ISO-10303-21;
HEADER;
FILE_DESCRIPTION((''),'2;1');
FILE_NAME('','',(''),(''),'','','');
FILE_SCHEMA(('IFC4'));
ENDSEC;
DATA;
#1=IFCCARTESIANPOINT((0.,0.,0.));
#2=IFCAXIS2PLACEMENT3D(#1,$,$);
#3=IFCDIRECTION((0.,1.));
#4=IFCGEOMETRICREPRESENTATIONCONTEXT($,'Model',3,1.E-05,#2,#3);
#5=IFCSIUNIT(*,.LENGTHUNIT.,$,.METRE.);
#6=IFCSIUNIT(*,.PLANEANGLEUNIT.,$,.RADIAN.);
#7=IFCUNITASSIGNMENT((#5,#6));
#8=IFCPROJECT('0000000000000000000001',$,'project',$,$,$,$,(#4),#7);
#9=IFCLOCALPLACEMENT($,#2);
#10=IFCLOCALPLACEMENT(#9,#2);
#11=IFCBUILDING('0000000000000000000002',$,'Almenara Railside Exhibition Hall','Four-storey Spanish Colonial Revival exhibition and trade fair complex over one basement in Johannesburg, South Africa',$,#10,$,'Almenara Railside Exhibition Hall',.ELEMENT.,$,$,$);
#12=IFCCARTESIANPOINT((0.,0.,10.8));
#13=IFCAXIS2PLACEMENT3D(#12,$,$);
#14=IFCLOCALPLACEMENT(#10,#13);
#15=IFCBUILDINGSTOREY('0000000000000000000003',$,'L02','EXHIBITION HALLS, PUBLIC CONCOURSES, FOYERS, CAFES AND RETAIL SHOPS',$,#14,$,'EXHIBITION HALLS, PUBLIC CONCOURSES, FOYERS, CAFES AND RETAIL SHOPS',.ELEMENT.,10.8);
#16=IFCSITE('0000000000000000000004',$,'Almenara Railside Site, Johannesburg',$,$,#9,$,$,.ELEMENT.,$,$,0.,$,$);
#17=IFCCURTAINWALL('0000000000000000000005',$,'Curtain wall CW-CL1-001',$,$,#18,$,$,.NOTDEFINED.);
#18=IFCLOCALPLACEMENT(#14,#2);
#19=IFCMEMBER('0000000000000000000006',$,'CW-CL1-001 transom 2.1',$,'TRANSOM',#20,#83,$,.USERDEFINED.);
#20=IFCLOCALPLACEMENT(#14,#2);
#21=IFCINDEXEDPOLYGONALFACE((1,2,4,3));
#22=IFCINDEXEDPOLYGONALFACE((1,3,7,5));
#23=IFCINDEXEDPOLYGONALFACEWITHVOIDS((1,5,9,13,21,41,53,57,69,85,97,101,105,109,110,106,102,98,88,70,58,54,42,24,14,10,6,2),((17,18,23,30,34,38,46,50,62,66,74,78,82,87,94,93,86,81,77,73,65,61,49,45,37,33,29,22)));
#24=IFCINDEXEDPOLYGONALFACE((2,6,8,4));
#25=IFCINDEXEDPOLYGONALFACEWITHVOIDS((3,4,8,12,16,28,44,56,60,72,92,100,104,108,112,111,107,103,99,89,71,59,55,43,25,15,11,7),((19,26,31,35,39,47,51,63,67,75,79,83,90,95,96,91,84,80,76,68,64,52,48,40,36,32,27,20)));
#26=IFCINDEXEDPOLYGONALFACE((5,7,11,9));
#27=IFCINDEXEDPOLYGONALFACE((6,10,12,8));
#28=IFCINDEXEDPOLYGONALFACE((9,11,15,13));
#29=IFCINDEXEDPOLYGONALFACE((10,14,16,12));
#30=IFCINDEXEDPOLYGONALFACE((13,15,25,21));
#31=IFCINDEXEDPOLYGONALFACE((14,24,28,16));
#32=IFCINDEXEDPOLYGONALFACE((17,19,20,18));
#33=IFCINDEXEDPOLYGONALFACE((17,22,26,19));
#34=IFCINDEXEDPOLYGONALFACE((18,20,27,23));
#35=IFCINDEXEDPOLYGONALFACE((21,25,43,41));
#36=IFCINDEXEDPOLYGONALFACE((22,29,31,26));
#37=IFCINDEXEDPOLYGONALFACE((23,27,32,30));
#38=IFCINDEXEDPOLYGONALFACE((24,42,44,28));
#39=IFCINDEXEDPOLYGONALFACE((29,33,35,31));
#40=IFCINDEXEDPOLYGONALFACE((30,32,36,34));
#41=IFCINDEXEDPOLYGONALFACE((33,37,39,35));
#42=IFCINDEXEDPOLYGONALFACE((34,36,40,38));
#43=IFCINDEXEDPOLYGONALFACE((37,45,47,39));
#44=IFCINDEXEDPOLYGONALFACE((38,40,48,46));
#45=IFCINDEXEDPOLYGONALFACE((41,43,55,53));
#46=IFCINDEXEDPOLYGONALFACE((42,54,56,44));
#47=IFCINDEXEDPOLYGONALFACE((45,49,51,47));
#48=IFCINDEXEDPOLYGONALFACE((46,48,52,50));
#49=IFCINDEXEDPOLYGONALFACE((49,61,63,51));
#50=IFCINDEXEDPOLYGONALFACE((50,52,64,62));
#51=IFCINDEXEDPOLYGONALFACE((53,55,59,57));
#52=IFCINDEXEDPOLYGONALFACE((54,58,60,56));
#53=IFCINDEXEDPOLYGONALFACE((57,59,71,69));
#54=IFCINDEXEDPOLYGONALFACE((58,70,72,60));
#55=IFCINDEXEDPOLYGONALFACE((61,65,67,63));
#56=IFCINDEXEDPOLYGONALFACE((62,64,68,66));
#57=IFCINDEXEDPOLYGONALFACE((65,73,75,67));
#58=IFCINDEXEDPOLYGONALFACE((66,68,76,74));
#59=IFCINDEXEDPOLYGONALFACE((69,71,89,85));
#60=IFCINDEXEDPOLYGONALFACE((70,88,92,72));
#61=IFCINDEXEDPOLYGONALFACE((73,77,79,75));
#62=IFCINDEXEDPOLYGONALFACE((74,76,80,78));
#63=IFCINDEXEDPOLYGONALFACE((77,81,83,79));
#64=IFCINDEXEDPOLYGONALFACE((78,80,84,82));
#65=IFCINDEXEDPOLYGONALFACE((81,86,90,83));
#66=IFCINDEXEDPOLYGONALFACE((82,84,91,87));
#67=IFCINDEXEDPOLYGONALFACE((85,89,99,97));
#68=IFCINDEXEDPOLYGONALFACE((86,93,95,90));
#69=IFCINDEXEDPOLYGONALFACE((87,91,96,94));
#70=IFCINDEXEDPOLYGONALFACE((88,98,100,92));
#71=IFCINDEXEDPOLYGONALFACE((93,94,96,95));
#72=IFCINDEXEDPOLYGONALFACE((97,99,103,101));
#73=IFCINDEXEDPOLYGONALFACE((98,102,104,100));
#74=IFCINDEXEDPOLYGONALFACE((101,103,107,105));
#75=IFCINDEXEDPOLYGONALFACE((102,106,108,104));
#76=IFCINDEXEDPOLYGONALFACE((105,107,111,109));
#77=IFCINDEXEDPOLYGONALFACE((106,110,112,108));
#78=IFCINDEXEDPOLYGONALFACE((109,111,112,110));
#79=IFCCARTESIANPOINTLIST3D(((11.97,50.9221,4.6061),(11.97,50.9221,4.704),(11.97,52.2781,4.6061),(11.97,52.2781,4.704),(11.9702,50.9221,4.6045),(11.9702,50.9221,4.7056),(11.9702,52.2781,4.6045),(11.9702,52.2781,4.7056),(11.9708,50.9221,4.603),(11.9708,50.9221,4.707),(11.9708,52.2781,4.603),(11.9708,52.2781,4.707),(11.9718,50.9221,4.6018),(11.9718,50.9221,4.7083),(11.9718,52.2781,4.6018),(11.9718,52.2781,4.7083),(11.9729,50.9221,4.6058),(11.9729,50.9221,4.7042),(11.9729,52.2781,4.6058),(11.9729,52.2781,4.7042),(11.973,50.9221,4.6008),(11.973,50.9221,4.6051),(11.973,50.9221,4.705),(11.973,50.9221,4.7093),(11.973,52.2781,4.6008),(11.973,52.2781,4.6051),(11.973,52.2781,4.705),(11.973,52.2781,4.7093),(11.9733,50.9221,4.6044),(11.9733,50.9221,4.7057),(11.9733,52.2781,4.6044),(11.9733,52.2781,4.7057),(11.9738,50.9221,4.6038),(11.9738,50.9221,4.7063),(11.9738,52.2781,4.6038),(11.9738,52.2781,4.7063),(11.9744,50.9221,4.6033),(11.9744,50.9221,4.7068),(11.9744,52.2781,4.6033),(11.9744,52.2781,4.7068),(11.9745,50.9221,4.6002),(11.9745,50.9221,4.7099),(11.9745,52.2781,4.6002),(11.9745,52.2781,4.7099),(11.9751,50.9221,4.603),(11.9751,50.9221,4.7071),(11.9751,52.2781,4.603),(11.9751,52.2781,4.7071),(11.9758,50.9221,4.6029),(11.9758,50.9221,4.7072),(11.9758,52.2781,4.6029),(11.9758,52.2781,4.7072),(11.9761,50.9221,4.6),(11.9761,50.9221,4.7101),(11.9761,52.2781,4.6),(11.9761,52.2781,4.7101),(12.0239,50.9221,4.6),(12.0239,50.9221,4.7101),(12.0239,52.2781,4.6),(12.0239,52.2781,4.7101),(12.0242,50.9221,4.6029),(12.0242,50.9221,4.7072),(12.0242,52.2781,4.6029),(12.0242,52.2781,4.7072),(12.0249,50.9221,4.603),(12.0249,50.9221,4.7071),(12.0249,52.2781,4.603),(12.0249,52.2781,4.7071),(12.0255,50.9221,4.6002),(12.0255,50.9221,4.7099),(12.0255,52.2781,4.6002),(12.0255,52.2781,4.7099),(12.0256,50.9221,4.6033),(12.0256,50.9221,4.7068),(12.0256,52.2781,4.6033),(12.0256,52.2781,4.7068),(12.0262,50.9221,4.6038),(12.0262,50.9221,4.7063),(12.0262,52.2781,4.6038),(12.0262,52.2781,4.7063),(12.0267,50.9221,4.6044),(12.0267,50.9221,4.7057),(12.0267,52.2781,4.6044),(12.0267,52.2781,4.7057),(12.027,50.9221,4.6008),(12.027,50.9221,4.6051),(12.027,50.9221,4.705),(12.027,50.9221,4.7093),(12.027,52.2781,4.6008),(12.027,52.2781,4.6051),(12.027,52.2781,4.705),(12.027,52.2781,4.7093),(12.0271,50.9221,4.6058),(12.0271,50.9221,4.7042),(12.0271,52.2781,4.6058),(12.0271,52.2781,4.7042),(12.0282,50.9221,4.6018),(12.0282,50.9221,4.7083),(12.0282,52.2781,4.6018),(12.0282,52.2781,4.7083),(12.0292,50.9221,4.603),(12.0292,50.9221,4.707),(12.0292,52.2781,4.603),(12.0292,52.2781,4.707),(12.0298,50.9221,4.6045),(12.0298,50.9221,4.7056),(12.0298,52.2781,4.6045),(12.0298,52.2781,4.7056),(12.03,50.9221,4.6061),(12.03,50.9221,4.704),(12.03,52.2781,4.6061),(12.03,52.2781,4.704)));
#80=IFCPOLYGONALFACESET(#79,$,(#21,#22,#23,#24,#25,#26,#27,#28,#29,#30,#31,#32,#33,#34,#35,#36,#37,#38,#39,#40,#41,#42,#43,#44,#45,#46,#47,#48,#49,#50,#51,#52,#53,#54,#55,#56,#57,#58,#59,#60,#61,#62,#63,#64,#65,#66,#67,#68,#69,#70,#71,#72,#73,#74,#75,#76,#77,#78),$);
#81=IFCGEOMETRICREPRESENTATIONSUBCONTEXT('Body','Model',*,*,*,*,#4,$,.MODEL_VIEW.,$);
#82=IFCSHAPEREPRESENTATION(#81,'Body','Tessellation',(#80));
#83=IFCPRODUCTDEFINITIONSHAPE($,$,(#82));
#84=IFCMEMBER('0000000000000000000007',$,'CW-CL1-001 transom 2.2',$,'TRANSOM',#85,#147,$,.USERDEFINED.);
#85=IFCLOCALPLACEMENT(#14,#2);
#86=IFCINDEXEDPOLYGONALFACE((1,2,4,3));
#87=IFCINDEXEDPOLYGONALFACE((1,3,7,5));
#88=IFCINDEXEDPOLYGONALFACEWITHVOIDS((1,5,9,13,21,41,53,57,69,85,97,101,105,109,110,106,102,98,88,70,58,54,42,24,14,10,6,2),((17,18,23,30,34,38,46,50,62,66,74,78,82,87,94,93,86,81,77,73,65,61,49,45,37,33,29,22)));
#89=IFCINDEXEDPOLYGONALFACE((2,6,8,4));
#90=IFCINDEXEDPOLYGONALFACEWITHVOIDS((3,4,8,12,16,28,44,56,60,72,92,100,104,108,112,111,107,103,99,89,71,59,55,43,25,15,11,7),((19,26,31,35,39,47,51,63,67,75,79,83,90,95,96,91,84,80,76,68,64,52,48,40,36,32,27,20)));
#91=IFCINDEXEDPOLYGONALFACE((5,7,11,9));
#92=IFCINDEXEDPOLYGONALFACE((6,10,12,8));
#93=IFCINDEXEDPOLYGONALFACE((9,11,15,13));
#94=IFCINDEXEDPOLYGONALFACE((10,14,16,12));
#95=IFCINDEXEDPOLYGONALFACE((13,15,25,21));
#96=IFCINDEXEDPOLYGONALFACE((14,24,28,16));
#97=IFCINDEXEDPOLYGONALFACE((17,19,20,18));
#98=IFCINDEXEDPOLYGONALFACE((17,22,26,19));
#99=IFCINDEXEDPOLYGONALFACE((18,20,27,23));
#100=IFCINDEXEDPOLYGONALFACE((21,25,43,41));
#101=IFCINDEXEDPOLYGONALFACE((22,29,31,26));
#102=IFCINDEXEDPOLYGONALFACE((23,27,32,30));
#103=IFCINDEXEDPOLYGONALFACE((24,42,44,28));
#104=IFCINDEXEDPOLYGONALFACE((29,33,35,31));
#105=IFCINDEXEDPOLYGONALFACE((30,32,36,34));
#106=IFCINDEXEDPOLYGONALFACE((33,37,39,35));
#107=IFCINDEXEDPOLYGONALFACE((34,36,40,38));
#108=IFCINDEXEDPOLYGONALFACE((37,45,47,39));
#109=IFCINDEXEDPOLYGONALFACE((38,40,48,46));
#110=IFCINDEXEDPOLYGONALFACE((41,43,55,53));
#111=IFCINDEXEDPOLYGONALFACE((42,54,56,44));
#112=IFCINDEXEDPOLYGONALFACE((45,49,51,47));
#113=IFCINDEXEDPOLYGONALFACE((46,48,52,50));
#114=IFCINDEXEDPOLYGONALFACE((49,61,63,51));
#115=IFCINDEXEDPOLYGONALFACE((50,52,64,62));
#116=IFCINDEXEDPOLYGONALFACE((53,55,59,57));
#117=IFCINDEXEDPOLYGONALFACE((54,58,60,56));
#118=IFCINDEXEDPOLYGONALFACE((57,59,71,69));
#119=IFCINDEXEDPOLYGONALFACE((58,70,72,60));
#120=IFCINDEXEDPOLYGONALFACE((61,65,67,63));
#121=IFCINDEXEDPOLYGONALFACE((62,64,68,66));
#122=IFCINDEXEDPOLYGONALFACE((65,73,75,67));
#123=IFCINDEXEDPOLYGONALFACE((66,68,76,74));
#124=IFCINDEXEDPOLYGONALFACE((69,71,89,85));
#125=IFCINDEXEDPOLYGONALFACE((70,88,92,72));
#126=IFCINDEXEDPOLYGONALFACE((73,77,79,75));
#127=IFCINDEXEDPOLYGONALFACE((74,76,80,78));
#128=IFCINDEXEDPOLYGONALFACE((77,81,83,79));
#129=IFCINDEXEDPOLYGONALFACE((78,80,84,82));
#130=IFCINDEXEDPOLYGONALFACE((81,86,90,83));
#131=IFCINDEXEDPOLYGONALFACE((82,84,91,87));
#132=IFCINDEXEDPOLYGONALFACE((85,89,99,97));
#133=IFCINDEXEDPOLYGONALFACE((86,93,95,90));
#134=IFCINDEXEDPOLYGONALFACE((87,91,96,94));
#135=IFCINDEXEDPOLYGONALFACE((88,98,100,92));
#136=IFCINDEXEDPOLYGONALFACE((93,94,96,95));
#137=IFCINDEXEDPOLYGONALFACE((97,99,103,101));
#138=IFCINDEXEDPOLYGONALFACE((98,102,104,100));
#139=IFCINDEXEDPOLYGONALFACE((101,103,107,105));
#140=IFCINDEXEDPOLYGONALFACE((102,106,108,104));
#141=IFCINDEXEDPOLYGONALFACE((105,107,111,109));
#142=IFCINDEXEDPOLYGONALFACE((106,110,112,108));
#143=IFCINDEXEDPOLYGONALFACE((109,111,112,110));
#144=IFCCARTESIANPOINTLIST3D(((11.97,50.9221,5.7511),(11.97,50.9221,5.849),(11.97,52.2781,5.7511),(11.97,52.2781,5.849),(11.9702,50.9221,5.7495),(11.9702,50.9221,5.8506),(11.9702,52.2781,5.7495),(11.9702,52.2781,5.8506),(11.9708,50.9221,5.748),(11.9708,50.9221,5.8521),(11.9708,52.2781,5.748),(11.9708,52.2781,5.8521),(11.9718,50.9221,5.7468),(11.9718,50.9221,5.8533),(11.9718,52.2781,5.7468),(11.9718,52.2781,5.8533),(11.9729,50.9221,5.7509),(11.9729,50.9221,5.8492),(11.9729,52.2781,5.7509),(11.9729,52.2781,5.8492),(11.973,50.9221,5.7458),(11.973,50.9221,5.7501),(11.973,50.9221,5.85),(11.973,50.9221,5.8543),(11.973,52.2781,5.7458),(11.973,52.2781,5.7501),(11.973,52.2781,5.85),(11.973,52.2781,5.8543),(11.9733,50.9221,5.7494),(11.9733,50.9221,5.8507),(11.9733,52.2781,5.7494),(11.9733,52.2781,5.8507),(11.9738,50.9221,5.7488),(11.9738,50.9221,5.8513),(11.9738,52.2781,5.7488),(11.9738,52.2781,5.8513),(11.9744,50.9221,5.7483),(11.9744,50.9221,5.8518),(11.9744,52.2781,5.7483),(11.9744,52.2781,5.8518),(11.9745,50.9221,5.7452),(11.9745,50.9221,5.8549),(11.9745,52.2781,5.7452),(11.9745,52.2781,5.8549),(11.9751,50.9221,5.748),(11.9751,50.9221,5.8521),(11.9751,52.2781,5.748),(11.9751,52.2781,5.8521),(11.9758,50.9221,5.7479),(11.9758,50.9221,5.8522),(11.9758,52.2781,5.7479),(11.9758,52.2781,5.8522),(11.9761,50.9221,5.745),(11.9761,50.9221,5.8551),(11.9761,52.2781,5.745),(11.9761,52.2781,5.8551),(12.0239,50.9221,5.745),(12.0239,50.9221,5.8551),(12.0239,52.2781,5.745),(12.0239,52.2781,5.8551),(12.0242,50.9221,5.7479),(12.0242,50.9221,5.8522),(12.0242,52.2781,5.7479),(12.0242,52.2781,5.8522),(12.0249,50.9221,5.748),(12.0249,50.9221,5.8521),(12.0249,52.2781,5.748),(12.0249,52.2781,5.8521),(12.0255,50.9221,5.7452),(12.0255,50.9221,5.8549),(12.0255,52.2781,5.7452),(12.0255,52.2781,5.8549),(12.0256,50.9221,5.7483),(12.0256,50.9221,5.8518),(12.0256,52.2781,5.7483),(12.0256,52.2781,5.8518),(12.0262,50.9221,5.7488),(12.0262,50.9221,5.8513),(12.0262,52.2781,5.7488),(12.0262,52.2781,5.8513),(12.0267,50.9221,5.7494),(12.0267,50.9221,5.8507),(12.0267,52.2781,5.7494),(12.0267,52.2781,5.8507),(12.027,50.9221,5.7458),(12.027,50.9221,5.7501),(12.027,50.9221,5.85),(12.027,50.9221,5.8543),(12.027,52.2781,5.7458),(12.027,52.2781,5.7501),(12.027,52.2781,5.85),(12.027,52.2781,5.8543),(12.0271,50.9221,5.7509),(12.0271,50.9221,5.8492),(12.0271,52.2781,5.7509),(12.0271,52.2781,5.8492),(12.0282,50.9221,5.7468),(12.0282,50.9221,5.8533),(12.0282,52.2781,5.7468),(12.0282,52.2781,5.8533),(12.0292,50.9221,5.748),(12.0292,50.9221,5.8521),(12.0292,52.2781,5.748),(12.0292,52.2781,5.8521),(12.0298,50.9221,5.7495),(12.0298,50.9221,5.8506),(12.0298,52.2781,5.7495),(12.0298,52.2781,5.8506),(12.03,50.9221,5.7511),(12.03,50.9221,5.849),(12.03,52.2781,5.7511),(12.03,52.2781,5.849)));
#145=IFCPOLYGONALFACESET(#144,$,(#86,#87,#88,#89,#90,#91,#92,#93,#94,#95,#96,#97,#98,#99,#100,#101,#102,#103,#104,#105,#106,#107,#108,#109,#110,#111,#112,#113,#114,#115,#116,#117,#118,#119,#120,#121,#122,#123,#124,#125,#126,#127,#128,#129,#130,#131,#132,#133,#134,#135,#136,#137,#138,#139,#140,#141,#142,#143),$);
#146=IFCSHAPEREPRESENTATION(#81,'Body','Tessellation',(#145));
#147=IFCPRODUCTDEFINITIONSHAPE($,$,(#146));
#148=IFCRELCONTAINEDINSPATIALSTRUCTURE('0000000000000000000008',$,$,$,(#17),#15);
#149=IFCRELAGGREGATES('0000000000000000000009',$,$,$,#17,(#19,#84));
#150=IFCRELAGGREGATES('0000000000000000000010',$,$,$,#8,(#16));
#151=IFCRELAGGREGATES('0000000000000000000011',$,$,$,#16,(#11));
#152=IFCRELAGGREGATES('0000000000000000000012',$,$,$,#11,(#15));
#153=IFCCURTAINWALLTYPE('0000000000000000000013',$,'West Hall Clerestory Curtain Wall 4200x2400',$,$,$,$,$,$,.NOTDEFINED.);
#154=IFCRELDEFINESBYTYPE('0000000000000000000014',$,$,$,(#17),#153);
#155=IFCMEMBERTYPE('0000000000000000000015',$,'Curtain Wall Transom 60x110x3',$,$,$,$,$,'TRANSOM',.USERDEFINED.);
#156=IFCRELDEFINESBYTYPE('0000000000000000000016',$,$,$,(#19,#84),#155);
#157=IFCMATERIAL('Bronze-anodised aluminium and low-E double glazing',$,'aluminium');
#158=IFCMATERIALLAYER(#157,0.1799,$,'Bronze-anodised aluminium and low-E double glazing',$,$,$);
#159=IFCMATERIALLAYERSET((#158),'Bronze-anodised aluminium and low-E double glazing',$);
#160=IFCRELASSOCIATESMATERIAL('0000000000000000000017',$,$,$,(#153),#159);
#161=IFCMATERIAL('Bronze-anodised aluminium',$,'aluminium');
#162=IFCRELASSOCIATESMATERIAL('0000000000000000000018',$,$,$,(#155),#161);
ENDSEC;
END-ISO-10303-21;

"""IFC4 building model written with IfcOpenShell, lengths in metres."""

from ifc_helpers import new_model, si_unit, direction, frame, origin, origin_2d, place, context, subcontext, project, spatial, hollow_rectangle, extrude, material, layer, layer_set, material_profile, profile_set, type_object, element, aggregate, save


model = new_model("IFC4")

# Units and contexts
model_context = context("Model", 3, precision=1e-05, world=origin(), true_north=direction((0.0, 1.0)))
body_context = subcontext(model_context, "Body", "Model", "MODEL_VIEW")
ifc_project = project(units=[si_unit("LENGTHUNIT", "METRE"), si_unit("PLANEANGLEUNIT", "RADIAN")], contexts=[model_context])

# Site, building, storey
site_placement = place(None, origin())
site = spatial("IfcSite", under=ifc_project, at=site_placement, Name="Almenara Railside Site, Johannesburg", CompositionType="ELEMENT", RefElevation=0.0)
building_placement = place(site_placement, origin())
building = spatial("IfcBuilding", under=site, at=building_placement, Name="Almenara Railside Exhibition Hall", Description="Four-storey Spanish Colonial Revival exhibition and trade fair complex over one basement in Johannesburg, South Africa", LongName="Almenara Railside Exhibition Hall", CompositionType="ELEMENT")
storey_placement = place(building_placement, frame((0.0, 0.0, 10.8)))
storey = spatial("IfcBuildingStorey", under=building, at=storey_placement, Name="L02", Description="EXHIBITION HALLS, PUBLIC CONCOURSES, FOYERS, CAFES AND RETAIL SHOPS", LongName="EXHIBITION HALLS, PUBLIC CONCOURSES, FOYERS, CAFES AND RETAIL SHOPS", CompositionType="ELEMENT", Elevation=10.8)

# Curtain wall
ifc_material_1 = material(Name="Bronze-anodised aluminium and low-E double glazing", Category="aluminium")
ifc_layer_1 = layer(ifc_material_1, 0.1799, Name="Bronze-anodised aluminium and low-E double glazing")
ifc_layer_set_1 = layer_set([ifc_layer_1], Name="Bronze-anodised aluminium and low-E double glazing")
curtain_wall_type = type_object("IfcCurtainWallType", Name="West Hall Clerestory Curtain Wall 4200x2400", PredefinedType="NOTDEFINED", material=ifc_layer_set_1)
ifc_material_2 = material(Name="Bronze-anodised aluminium", Category="aluminium")
curtain_wall_1_placement = place(storey_placement, origin())
curtain_wall_1 = element("IfcCurtainWall", 1, at=curtain_wall_1_placement, inside=storey, type_object=curtain_wall_type, Name="Curtain wall CW-CL1-001", PredefinedType="NOTDEFINED")

# Members
ifc_material_profile_1 = material_profile(ifc_material_2, hollow_rectangle(XDim=0.0601, YDim=0.1101, WallThickness=0.0029, InnerFilletRadius=0.0029, OuterFilletRadius=0.0061, at=origin_2d()), Name="ALU-TRN 60x110x3")
ifc_profile_set_1 = profile_set([ifc_material_profile_1], Name="Bronze-anodised aluminium")
member_type_1 = type_object("IfcMemberType", Name="Curtain Wall Transom 60x110x3", ElementType="TRANSOM", PredefinedType="USERDEFINED", material=ifc_profile_set_1)
member_1_placement = place(storey_placement, frame((12.0, 50.9221, 4.655), z_axis=(0.0, 1.0, 0.0), x_axis=(-1.0, 0.0, 0.0)))
member_1 = element("IfcMember", 2, at=member_1_placement, type_object=member_type_1, Name="CW-CL1-001 transom 2.1", ObjectType="TRANSOM", PredefinedType="USERDEFINED", context=body_context, shape_type="SweptSolid", body=[
    extrude(hollow_rectangle(XDim=0.0601, YDim=0.1101, WallThickness=0.0029, InnerFilletRadius=0.0029, OuterFilletRadius=0.0061, at=origin_2d()), origin(), (0.0, 0.0, 1.0), 1.356),
])
member_2_placement = place(storey_placement, frame((12.0, 50.9221, 5.8), z_axis=(0.0, 1.0, 0.0), x_axis=(-1.0, 0.0, 0.0)))
member_2 = element("IfcMember", 3, at=member_2_placement, type_object=member_type_1, Name="CW-CL1-001 transom 2.2", ObjectType="TRANSOM", PredefinedType="USERDEFINED", context=body_context, shape_type="SweptSolid", body=[
    extrude(hollow_rectangle(XDim=0.0601, YDim=0.1101, WallThickness=0.0029, InnerFilletRadius=0.0029, OuterFilletRadius=0.0061, at=origin_2d()), origin(), (0.0, 0.0, 1.0), 1.356),
])

aggregate(curtain_wall_1, [member_1, member_2])

save(model, "model.ifc")
